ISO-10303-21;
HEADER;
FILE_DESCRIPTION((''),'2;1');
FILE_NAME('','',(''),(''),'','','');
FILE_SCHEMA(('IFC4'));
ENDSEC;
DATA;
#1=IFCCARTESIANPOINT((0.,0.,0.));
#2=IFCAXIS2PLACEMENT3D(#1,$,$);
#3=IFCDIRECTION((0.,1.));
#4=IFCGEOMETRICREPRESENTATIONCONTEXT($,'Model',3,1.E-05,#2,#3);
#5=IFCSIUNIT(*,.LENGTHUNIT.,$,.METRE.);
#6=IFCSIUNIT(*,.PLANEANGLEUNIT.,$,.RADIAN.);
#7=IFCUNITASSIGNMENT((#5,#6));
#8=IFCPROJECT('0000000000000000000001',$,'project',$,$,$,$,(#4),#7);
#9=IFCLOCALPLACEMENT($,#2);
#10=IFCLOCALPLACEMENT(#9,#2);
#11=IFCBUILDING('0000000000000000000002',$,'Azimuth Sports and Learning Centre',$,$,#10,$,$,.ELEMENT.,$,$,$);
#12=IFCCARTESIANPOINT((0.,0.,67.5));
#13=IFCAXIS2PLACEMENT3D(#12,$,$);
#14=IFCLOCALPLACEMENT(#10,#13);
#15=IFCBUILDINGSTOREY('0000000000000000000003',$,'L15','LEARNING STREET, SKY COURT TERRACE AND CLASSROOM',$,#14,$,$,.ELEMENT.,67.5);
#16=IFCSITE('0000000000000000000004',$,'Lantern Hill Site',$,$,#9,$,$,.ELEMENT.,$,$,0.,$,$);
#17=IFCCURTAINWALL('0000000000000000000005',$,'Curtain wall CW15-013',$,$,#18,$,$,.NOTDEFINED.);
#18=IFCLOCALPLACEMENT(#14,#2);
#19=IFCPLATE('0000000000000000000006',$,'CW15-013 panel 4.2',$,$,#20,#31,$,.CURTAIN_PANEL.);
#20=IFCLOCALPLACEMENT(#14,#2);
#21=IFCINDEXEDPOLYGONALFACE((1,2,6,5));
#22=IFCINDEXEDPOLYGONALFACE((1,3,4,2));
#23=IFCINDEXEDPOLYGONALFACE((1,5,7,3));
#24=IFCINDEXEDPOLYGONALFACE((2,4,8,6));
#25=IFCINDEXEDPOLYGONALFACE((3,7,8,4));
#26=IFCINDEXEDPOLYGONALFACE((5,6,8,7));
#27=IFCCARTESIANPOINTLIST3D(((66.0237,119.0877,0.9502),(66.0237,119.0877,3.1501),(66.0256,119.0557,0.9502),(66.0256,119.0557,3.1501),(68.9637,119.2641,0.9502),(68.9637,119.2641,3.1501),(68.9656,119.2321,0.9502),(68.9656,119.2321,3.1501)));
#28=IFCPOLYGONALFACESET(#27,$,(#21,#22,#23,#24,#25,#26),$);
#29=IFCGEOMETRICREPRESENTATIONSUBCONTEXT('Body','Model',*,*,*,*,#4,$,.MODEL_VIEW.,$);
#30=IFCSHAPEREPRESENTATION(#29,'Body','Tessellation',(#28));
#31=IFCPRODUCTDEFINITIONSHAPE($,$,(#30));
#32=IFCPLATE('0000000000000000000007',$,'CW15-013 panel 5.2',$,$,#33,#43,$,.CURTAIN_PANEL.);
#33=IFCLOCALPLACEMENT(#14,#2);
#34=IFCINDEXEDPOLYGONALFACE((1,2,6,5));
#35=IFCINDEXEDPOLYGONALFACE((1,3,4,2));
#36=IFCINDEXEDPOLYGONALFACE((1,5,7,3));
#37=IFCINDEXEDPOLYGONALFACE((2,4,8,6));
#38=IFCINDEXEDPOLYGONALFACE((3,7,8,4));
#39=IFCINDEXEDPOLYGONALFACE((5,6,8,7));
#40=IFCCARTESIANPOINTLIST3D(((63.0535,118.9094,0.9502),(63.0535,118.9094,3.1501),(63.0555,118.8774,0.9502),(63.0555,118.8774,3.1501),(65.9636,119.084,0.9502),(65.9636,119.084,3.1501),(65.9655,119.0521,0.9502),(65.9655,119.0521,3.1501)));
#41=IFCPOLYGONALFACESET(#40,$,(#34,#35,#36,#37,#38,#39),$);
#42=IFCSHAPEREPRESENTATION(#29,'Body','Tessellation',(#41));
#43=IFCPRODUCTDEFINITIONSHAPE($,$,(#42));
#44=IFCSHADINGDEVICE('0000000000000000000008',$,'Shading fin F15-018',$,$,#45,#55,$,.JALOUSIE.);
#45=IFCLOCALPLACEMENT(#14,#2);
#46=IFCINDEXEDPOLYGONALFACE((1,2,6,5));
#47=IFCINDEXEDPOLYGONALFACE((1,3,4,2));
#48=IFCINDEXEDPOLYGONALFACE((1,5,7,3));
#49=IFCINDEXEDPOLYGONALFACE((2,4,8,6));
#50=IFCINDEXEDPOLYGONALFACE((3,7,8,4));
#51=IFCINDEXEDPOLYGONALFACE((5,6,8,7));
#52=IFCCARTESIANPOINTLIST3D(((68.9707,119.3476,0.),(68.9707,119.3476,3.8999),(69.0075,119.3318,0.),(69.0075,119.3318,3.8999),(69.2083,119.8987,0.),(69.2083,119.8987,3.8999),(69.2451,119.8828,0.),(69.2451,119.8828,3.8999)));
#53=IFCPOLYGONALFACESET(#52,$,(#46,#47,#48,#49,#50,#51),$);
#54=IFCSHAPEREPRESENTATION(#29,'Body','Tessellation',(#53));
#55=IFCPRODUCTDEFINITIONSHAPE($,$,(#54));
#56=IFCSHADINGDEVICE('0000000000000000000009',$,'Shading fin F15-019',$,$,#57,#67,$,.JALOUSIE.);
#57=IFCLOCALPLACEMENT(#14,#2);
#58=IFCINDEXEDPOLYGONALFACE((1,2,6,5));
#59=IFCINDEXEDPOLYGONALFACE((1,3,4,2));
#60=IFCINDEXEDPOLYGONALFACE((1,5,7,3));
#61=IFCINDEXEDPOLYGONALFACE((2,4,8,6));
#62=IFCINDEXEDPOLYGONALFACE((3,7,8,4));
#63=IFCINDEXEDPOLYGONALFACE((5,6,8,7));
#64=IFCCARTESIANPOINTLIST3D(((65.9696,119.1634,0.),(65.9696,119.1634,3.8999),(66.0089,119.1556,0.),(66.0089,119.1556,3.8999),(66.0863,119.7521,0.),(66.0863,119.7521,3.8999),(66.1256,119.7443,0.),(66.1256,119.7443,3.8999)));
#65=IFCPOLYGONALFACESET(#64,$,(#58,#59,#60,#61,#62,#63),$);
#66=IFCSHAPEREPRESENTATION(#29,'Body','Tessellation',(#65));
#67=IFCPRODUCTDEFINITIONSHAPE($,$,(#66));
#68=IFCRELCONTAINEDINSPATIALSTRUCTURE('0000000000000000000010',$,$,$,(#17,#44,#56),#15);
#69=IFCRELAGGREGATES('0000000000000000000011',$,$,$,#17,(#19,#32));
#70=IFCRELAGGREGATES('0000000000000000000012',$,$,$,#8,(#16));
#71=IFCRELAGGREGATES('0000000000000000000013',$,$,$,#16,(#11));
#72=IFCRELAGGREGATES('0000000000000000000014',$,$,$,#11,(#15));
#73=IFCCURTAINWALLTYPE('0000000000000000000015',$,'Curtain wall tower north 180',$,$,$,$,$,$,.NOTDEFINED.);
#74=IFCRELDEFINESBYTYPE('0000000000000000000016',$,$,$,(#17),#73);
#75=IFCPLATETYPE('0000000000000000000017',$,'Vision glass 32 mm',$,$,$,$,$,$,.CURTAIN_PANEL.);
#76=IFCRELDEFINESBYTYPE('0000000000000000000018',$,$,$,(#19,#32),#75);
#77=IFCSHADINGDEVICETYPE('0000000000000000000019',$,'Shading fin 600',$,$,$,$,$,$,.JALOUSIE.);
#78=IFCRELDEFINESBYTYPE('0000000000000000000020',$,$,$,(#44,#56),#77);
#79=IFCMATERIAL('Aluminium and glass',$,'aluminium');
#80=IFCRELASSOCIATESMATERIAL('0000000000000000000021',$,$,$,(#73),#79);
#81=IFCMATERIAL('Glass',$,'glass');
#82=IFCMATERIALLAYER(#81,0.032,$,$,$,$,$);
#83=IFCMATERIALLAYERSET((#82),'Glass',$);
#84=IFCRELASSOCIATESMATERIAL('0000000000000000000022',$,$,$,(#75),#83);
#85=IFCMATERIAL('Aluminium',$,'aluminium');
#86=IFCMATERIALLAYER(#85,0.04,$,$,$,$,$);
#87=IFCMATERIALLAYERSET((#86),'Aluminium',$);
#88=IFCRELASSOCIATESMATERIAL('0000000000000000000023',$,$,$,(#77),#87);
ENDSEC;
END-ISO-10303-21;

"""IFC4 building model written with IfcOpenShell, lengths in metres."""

from ifc_helpers import new_model, si_unit, direction, frame, origin, origin_2d, place, context, subcontext, project, spatial, rectangle, extrude, material, layer, layer_set, type_object, element, aggregate, save


model = new_model("IFC4")

# Units and contexts
model_context = context("Model", 3, precision=1e-05, world=origin(), true_north=direction((0.0, 1.0)))
body_context = subcontext(model_context, "Body", "Model", "MODEL_VIEW")
ifc_project = project(units=[si_unit("LENGTHUNIT", "METRE"), si_unit("PLANEANGLEUNIT", "RADIAN")], contexts=[model_context])

# Site, building, storey
site_placement = place(None, origin())
site = spatial("IfcSite", under=ifc_project, at=site_placement, Name="Lantern Hill Site", CompositionType="ELEMENT", RefElevation=0.0)
building_placement = place(site_placement, origin())
building = spatial("IfcBuilding", under=site, at=building_placement, Name="Azimuth Sports and Learning Centre", CompositionType="ELEMENT")
storey_placement = place(building_placement, frame((0.0, 0.0, 67.5)))
storey = spatial("IfcBuildingStorey", under=building, at=storey_placement, Name="L15", Description="LEARNING STREET, SKY COURT TERRACE AND CLASSROOM", CompositionType="ELEMENT", Elevation=67.5)

# Curtain wall, plates
ifc_material_1 = material(Name="Aluminium and glass", Category="aluminium")
curtain_wall_type = type_object("IfcCurtainWallType", Name="Curtain wall tower north 180", PredefinedType="NOTDEFINED", material=ifc_material_1)
curtain_wall_placement = place(storey_placement, origin())
curtain_wall = element("IfcCurtainWall", 1, at=curtain_wall_placement, inside=storey, type_object=curtain_wall_type, Name="Curtain wall CW15-013", PredefinedType="NOTDEFINED")
ifc_material_2 = material(Name="Glass", Category="glass")
ifc_layer_1 = layer(ifc_material_2, 0.032)
ifc_layer_set_1 = layer_set([ifc_layer_1], Name="Glass")
plate_type_1 = type_object("IfcPlateType", Name="Vision glass 32 mm", PredefinedType="CURTAIN_PANEL", material=ifc_layer_set_1)
plate_1_placement = place(storey_placement, frame((67.4946, 119.1599, 0.9502), z_axis=(0.0, 0.0, 1.0), x_axis=(-0.998205, -0.059892, 0.0)))
plate_1 = element("IfcPlate", 2, at=plate_1_placement, type_object=plate_type_1, Name="CW15-013 panel 4.2", PredefinedType="CURTAIN_PANEL", context=body_context, shape_type="SweptSolid", body=[
    extrude(rectangle(XDim=2.9453, YDim=0.032, at=origin_2d()), origin(), (0.0, 0.0, 1.0), 2.2),
])
plate_2_placement = place(storey_placement, frame((64.5095, 118.9807, 0.9502), z_axis=(0.0, 0.0, 1.0), x_axis=(-0.998205, -0.059892, 0.0)))
plate_2 = element("IfcPlate", 3, at=plate_2_placement, type_object=plate_type_1, Name="CW15-013 panel 5.2", PredefinedType="CURTAIN_PANEL", context=body_context, shape_type="SweptSolid", body=[
    extrude(rectangle(XDim=2.9153, YDim=0.032, at=origin_2d()), origin(), (0.0, 0.0, 1.0), 2.2),
])
aggregate(curtain_wall, [plate_1, plate_2])

# Shading devices
ifc_material_3 = material(Name="Aluminium", Category="aluminium")
ifc_layer_2 = layer(ifc_material_3, 0.04)
ifc_layer_set_2 = layer_set([ifc_layer_2], Name="Aluminium")
shading_device_type = type_object("IfcShadingDeviceType", Name="Shading fin 600", PredefinedType="JALOUSIE", material=ifc_layer_set_2)
for number, where, z_axis, x_axis, name in (
    (4, (69.1079, 119.6152, 0.0), (0.0, 0.0, 1.0), (0.39586, 0.918311, 0.0), "Shading fin F15-018"),
    (5, (66.0476, 119.4539, 0.0), (0.0, 0.0, 1.0), (0.194387, 0.980925, 0.0), "Shading fin F15-019"),
):
    element("IfcShadingDevice", number, at=place(storey_placement, frame(where, z_axis=z_axis, x_axis=x_axis)), inside=storey, type_object=shading_device_type, Name=name, PredefinedType="JALOUSIE", context=body_context, shape_type="SweptSolid", body=[
        extrude(rectangle(XDim=0.6001, YDim=0.04, at=origin_2d()), origin(), (0.0, 0.0, 1.0), 3.8999),
    ])

save(model, "model.ifc")
